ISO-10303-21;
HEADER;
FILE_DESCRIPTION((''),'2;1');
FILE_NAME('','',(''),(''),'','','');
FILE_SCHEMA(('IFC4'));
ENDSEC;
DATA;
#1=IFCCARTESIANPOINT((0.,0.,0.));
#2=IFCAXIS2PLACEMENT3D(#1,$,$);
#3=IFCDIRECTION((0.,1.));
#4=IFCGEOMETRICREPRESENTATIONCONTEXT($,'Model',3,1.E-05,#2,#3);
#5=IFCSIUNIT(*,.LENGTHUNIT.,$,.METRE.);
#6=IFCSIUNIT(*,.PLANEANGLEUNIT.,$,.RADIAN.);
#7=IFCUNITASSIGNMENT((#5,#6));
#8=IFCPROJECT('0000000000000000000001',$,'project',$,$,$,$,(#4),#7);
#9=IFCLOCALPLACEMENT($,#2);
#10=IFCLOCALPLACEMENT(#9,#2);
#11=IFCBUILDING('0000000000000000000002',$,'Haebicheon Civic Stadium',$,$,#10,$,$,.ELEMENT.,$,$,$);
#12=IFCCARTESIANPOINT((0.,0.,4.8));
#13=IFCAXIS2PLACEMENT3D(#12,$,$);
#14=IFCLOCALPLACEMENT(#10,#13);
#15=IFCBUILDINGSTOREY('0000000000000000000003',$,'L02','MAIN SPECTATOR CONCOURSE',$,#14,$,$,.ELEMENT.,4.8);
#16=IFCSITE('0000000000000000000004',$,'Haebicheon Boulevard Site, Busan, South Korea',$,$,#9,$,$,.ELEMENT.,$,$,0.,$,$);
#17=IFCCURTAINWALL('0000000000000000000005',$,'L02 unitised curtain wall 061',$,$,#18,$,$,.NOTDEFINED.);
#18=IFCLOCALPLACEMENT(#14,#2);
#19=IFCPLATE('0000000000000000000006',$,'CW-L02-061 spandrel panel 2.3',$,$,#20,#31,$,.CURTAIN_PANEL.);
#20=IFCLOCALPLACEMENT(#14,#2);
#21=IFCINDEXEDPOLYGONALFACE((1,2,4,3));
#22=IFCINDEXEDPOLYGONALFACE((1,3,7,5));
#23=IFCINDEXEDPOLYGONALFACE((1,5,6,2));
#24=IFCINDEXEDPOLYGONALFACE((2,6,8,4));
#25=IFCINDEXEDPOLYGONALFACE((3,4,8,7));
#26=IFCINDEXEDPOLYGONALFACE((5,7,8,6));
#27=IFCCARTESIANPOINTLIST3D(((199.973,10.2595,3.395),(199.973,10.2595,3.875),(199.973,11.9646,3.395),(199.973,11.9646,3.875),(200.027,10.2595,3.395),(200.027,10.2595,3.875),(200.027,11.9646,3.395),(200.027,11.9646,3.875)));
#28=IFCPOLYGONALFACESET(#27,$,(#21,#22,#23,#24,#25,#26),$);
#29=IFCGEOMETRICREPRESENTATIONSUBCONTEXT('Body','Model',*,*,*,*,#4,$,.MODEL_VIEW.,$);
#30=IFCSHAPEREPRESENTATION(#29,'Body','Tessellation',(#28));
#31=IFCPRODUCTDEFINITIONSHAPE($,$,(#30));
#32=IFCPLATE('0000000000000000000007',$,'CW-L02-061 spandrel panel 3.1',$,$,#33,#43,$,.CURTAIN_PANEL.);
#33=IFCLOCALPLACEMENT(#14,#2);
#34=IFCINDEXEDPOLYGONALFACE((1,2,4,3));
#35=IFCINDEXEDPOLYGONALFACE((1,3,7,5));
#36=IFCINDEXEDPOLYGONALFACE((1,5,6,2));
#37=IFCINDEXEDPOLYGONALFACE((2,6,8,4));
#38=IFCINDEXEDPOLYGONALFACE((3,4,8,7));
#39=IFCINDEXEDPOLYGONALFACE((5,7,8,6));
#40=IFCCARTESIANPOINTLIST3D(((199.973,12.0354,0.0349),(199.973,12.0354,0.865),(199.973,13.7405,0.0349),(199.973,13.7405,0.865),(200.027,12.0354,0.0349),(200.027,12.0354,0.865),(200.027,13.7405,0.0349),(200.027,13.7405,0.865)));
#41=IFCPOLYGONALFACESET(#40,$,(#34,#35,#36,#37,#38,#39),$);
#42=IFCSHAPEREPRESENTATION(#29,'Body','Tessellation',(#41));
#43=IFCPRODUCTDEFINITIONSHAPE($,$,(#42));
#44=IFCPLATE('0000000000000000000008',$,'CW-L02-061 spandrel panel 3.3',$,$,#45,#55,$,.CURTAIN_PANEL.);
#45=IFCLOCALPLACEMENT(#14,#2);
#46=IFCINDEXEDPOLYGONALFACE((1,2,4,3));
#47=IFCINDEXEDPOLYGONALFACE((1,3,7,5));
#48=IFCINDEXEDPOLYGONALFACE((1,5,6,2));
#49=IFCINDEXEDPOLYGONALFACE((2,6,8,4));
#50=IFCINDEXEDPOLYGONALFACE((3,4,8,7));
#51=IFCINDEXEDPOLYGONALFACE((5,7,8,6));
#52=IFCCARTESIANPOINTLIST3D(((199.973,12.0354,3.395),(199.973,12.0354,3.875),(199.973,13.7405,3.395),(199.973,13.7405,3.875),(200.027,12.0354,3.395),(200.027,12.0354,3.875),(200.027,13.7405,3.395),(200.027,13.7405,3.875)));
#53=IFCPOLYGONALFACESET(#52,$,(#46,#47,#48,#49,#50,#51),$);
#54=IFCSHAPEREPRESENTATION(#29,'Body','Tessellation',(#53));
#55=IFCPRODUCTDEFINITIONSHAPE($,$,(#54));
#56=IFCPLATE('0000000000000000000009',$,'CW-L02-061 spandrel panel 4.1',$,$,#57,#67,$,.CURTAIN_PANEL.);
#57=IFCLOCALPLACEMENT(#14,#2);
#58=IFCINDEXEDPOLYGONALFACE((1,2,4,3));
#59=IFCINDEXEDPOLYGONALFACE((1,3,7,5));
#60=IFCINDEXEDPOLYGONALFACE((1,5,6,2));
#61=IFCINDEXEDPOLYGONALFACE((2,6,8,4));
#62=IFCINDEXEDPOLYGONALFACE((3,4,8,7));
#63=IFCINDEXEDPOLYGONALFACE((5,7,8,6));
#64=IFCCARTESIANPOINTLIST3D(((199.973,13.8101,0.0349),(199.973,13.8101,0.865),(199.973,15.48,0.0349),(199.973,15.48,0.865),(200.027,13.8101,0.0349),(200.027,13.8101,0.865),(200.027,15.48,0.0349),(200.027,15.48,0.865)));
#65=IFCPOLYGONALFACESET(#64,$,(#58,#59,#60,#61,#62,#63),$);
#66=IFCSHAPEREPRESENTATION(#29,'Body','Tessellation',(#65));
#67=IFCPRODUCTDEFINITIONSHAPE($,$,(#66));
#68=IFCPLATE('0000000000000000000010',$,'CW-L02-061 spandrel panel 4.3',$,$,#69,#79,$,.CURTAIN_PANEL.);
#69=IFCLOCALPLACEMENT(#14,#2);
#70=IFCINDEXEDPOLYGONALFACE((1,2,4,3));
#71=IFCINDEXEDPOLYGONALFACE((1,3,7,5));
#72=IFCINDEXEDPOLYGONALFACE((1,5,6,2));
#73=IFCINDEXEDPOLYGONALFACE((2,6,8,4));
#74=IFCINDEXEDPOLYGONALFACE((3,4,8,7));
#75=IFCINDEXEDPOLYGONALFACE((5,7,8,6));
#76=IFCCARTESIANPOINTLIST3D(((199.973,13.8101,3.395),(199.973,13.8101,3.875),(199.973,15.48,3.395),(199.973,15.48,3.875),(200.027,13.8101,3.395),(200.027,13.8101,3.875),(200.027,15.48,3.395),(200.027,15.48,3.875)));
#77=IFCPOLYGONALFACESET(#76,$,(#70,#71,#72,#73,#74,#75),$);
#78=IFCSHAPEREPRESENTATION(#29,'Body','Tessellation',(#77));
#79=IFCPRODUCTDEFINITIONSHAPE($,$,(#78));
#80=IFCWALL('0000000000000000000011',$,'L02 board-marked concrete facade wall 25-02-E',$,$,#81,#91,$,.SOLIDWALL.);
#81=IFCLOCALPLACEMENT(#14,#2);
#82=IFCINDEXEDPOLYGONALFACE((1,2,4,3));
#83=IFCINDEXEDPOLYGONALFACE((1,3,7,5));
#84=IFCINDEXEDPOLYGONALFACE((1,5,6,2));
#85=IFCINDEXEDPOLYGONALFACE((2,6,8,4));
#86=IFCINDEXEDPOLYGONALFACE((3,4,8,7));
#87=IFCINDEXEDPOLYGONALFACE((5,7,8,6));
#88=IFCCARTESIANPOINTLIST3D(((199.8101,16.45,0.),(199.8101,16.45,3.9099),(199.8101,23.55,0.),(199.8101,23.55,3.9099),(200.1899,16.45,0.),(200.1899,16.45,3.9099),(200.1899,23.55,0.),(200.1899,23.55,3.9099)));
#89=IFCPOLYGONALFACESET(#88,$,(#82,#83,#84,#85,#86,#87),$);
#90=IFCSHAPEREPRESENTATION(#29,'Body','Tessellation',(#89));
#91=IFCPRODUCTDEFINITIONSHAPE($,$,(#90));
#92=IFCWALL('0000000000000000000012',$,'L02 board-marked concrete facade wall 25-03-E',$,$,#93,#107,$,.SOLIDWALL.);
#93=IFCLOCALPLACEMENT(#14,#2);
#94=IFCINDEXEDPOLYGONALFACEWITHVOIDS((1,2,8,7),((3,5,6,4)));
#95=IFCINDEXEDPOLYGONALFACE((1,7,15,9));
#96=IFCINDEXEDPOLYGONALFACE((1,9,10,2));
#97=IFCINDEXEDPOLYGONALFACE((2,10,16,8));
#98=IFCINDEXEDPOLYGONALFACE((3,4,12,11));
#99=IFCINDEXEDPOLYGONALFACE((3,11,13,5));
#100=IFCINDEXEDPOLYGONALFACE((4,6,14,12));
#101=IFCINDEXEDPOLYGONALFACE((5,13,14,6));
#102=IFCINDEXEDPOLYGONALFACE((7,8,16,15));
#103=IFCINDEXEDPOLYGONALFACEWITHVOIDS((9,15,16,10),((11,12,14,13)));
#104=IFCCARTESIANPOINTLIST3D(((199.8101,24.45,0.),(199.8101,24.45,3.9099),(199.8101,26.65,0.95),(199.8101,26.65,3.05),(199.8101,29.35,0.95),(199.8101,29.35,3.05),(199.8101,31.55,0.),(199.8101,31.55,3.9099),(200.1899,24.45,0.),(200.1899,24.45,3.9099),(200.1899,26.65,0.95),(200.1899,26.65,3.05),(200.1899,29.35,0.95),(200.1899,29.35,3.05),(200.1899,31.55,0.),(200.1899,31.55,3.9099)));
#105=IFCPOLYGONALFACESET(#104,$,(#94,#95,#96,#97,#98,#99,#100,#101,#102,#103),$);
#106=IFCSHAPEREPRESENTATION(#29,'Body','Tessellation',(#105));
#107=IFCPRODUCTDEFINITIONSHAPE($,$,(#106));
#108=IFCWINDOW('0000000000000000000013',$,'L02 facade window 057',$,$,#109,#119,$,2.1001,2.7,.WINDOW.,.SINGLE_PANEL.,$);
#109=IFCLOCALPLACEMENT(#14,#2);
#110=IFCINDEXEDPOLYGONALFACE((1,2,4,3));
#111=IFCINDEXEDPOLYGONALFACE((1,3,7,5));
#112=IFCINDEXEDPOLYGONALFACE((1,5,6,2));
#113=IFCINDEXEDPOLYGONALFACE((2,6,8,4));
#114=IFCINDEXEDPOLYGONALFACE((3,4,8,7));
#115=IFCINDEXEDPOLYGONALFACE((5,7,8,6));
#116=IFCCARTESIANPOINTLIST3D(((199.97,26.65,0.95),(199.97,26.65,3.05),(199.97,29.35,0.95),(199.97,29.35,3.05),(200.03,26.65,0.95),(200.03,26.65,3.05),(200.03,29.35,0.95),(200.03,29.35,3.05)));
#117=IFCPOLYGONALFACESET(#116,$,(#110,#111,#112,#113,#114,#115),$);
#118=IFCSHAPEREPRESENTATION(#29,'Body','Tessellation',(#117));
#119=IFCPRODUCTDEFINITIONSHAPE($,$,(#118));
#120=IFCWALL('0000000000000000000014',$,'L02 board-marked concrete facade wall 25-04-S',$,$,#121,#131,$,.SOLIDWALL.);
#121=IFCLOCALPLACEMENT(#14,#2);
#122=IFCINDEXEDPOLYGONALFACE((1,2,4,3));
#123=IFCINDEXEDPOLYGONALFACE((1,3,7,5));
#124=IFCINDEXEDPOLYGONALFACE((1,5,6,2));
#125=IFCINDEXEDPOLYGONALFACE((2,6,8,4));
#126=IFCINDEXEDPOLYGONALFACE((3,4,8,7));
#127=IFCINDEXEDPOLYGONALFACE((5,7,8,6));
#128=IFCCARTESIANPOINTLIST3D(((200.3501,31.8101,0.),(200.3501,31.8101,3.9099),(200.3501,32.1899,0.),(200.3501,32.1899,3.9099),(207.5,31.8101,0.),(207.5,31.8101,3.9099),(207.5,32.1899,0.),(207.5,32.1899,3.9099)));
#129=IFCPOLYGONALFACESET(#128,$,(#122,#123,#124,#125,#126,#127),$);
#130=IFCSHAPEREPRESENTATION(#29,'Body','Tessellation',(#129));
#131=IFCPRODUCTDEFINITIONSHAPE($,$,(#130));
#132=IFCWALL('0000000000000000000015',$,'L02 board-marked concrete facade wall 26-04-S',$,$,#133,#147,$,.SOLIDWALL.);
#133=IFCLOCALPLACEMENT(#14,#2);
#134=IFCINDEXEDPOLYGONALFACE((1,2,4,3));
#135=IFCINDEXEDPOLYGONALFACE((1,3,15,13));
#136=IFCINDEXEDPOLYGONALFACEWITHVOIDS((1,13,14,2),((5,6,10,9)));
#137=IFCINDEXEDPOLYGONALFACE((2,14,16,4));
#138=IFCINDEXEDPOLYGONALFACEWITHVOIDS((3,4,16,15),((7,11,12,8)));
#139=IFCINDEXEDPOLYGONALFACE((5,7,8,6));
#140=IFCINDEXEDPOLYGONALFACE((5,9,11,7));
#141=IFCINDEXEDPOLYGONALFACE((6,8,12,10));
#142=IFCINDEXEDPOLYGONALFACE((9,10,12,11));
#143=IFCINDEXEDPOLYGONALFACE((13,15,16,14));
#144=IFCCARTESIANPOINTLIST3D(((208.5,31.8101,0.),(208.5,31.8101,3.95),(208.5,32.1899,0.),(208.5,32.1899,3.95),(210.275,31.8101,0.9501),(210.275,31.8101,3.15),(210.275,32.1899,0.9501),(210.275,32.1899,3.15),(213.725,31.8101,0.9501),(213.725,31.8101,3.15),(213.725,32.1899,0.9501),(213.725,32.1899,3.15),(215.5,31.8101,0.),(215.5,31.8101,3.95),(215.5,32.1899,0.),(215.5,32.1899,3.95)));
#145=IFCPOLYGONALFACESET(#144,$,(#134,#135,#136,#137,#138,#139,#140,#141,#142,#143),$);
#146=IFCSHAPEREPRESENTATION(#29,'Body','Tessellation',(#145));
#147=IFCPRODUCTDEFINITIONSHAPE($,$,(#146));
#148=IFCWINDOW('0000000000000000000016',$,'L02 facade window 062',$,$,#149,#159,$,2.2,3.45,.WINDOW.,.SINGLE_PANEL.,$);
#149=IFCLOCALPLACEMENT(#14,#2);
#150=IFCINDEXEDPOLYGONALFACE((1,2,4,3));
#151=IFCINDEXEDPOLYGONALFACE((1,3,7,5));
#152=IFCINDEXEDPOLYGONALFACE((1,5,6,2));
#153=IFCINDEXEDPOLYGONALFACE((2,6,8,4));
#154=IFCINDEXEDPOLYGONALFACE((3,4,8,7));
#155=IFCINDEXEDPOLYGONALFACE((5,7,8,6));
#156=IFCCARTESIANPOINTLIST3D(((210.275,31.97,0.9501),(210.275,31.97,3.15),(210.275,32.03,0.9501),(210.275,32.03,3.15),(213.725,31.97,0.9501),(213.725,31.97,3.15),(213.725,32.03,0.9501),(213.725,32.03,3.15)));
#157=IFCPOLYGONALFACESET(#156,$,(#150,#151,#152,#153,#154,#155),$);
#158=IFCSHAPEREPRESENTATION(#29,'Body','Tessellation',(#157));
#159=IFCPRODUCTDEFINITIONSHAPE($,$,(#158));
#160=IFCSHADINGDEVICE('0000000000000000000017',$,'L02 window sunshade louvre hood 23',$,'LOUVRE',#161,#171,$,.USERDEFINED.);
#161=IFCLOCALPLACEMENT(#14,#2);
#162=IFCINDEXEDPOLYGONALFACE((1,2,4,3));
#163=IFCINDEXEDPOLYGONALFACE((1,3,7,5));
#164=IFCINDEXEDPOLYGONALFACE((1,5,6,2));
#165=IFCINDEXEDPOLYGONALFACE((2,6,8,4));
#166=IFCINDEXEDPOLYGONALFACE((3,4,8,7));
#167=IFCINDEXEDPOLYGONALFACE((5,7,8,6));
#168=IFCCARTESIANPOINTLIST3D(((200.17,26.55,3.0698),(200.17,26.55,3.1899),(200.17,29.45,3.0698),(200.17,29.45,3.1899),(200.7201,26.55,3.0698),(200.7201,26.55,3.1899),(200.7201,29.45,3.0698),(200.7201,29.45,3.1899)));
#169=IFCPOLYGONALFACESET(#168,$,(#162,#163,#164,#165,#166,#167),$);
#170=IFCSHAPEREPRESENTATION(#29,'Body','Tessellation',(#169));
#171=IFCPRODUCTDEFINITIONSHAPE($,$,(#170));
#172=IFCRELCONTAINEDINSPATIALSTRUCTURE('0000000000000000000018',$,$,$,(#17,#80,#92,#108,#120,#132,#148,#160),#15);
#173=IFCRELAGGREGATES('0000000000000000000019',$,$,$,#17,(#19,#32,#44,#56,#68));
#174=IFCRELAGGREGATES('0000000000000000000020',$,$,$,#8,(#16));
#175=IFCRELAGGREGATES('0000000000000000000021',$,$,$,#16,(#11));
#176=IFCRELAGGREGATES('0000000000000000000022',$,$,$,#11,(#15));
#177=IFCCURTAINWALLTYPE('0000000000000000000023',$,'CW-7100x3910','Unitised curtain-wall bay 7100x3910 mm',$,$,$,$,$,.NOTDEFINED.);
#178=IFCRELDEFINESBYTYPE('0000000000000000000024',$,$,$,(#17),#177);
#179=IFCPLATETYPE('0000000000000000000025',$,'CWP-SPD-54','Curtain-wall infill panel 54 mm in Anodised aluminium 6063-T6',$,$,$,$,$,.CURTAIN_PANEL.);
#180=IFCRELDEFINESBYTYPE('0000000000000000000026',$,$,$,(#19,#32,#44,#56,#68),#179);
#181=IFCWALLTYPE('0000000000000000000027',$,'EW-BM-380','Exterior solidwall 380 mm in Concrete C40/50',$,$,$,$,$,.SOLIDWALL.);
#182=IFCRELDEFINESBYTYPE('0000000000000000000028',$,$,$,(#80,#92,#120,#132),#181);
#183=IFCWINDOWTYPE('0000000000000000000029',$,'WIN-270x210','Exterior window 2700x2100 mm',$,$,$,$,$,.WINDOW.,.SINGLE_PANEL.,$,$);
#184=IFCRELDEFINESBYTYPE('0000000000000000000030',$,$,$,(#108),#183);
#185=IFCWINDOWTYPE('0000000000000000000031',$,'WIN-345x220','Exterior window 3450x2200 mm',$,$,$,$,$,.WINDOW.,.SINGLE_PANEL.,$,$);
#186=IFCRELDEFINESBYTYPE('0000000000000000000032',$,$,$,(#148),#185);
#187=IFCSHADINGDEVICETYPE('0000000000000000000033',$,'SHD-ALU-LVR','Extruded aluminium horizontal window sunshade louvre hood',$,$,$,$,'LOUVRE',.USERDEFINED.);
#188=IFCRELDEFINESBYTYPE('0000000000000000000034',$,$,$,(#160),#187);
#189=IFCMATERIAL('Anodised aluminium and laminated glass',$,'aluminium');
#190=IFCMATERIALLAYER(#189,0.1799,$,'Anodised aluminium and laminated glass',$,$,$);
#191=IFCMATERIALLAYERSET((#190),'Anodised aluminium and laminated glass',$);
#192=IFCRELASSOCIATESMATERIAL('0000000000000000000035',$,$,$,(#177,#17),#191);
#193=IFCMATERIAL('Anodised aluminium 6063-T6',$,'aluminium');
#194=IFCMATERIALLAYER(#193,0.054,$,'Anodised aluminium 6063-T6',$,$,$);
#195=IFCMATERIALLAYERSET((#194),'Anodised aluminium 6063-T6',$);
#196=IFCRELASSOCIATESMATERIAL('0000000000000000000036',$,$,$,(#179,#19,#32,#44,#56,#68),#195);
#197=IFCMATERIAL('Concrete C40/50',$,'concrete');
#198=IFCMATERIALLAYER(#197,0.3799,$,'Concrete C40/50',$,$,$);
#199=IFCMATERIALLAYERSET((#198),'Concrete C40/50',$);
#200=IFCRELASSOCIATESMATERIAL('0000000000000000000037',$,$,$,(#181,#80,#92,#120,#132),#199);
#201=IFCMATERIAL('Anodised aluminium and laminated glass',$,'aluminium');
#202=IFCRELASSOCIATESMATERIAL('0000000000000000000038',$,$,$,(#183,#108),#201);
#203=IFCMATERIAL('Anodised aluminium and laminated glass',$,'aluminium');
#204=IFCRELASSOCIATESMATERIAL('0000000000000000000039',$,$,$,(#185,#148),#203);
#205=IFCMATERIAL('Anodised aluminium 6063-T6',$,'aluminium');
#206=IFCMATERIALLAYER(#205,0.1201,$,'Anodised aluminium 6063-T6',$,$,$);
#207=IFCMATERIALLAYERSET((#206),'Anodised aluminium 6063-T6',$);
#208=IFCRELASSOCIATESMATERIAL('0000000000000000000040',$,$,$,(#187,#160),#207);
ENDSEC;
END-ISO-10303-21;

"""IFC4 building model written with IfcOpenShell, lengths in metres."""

from ifc_helpers import new_model, si_unit, direction, frame, frame_2d, origin, origin_2d, place, context, subcontext, project, spatial, rectangle, extrude, material, layer, layer_set, type_object, element, fill, aggregate, save


model = new_model("IFC4")

# Units and contexts
model_context = context("Model", 3, precision=1e-05, world=origin(), true_north=direction((0.0, 1.0)))
body_context = subcontext(model_context, "Body", "Model", "MODEL_VIEW")
ifc_project = project(units=[si_unit("LENGTHUNIT", "METRE"), si_unit("PLANEANGLEUNIT", "RADIAN")], contexts=[model_context])

# Site, building, storey
site_placement = place(None, origin())
site = spatial("IfcSite", under=ifc_project, at=site_placement, Name="Haebicheon Boulevard Site, Busan, South Korea", CompositionType="ELEMENT", RefElevation=0.0)
building_placement = place(site_placement, origin())
building = spatial("IfcBuilding", under=site, at=building_placement, Name="Haebicheon Civic Stadium", CompositionType="ELEMENT")
storey_placement = place(building_placement, frame((0.0, 0.0, 4.8)))
storey = spatial("IfcBuildingStorey", under=building, at=storey_placement, Name="L02", Description="MAIN SPECTATOR CONCOURSE", CompositionType="ELEMENT", Elevation=4.8)

# Curtain wall
ifc_material_1 = material(Name="Anodised aluminium and laminated glass", Category="aluminium")
ifc_layer_1 = layer(ifc_material_1, 0.1799, Name="Anodised aluminium and laminated glass")
ifc_layer_set_1 = layer_set([ifc_layer_1], Name="Anodised aluminium and laminated glass")
curtain_wall_type = type_object("IfcCurtainWallType", Name="CW-7100x3910", Description="Unitised curtain-wall bay 7100x3910 mm", PredefinedType="NOTDEFINED", material=ifc_layer_set_1)
curtain_wall_placement = place(storey_placement, origin())
curtain_wall = element("IfcCurtainWall", 1, at=curtain_wall_placement, inside=storey, type_object=curtain_wall_type, material=ifc_layer_set_1, Name="L02 unitised curtain wall 061", PredefinedType="NOTDEFINED")

# Plates
ifc_material_2 = material(Name="Anodised aluminium 6063-T6", Category="aluminium")
ifc_layer_2 = layer(ifc_material_2, 0.054, Name="Anodised aluminium 6063-T6")
ifc_layer_set_2 = layer_set([ifc_layer_2], Name="Anodised aluminium 6063-T6")
plate_type_1 = type_object("IfcPlateType", Name="CWP-SPD-54", Description="Curtain-wall infill panel 54 mm in Anodised aluminium 6063-T6", PredefinedType="CURTAIN_PANEL", material=ifc_layer_set_2)
plate_1_placement = place(storey_placement, frame((200.0, 11.1121, 3.395), z_axis=(0.0, 0.0, 1.0), x_axis=(0.0, 1.0, 0.0)))
plate_1 = element("IfcPlate", 2, at=plate_1_placement, type_object=plate_type_1, material=ifc_layer_set_2, Name="CW-L02-061 spandrel panel 2.3", PredefinedType="CURTAIN_PANEL", context=body_context, shape_type="SweptSolid", body=[
    extrude(rectangle(XDim=1.7051, YDim=0.054, at=origin_2d()), origin(), (0.0, 0.0, 1.0), 0.48),
])
plate_2_placement = place(storey_placement, frame((200.0, 12.8879, 0.0349), z_axis=(0.0, 0.0, 1.0), x_axis=(0.0, 1.0, 0.0)))
plate_2 = element("IfcPlate", 3, at=plate_2_placement, type_object=plate_type_1, material=ifc_layer_set_2, Name="CW-L02-061 spandrel panel 3.1", PredefinedType="CURTAIN_PANEL", context=body_context, shape_type="SweptSolid", body=[
    extrude(rectangle(XDim=1.7051, YDim=0.054, at=origin_2d()), origin(), (0.0, 0.0, 1.0), 0.8301),
])
plate_3_placement = place(storey_placement, frame((200.0, 12.8879, 3.395), z_axis=(0.0, 0.0, 1.0), x_axis=(0.0, 1.0, 0.0)))
plate_3 = element("IfcPlate", 4, at=plate_3_placement, type_object=plate_type_1, material=ifc_layer_set_2, Name="CW-L02-061 spandrel panel 3.3", PredefinedType="CURTAIN_PANEL", context=body_context, shape_type="SweptSolid", body=[
    extrude(rectangle(XDim=1.7051, YDim=0.054, at=origin_2d()), origin(), (0.0, 0.0, 1.0), 0.48),
])
plate_4_placement = place(storey_placement, frame((200.0, 14.645, 0.0349), z_axis=(0.0, 0.0, 1.0), x_axis=(0.0, 1.0, 0.0)))
plate_4 = element("IfcPlate", 5, at=plate_4_placement, type_object=plate_type_1, material=ifc_layer_set_2, Name="CW-L02-061 spandrel panel 4.1", PredefinedType="CURTAIN_PANEL", context=body_context, shape_type="SweptSolid", body=[
    extrude(rectangle(XDim=1.6699, YDim=0.054, at=origin_2d()), origin(), (0.0, 0.0, 1.0), 0.8301),
])
plate_5_placement = place(storey_placement, frame((200.0, 14.645, 3.395), z_axis=(0.0, 0.0, 1.0), x_axis=(0.0, 1.0, 0.0)))
plate_5 = element("IfcPlate", 6, at=plate_5_placement, type_object=plate_type_1, material=ifc_layer_set_2, Name="CW-L02-061 spandrel panel 4.3", PredefinedType="CURTAIN_PANEL", context=body_context, shape_type="SweptSolid", body=[
    extrude(rectangle(XDim=1.6699, YDim=0.054, at=origin_2d()), origin(), (0.0, 0.0, 1.0), 0.48),
])
aggregate(curtain_wall, [plate_1, plate_2, plate_3, plate_4, plate_5])

# Wall
ifc_material_3 = material(Name="Concrete C40/50", Category="concrete")
ifc_layer_3 = layer(ifc_material_3, 0.3799, Name="Concrete C40/50")
ifc_layer_set_3 = layer_set([ifc_layer_3], Name="Concrete C40/50")
wall_type = type_object("IfcWallType", Name="EW-BM-380", Description="Exterior solidwall 380 mm in Concrete C40/50", PredefinedType="SOLIDWALL", material=ifc_layer_set_3)
wall_1_placement = place(storey_placement, frame((200.0, 16.45, 0.0), z_axis=(0.0, 0.0, 1.0), x_axis=(0.0, 1.0, 0.0)))
element("IfcWall", 7, at=wall_1_placement, inside=storey, type_object=wall_type, material=ifc_layer_set_3, Name="L02 board-marked concrete facade wall 25-02-E", PredefinedType="SOLIDWALL", context=body_context, shape_type="SweptSolid", body=[
    extrude(rectangle(XDim=7.1001, YDim=0.3799, at=frame_2d((3.55, 0.0))), origin(), (0.0, 0.0, 1.0), 3.9099),
])

# Wall, opening, window
wall_2_placement = place(storey_placement, frame((200.0, 24.45, 0.0), z_axis=(0.0, 0.0, 1.0), x_axis=(0.0, 1.0, 0.0)))
wall_2 = element("IfcWall", 8, at=wall_2_placement, inside=storey, type_object=wall_type, material=ifc_layer_set_3, Name="L02 board-marked concrete facade wall 25-03-E", PredefinedType="SOLIDWALL", context=body_context, shape_type="SweptSolid", body=[
    extrude(rectangle(XDim=7.1001, YDim=0.3799, at=frame_2d((3.55, 0.0))), origin(), (0.0, 0.0, 1.0), 3.9099),
])
opening_1_placement = place(wall_2_placement, frame((2.2, 0.0, 0.95)))
opening_1 = element("IfcOpeningElement", 9, at=opening_1_placement, cuts=wall_2, PredefinedType="OPENING", context=body_context, shape_type="SweptSolid", body=[
    extrude(rectangle(XDim=2.7, YDim=2.1001, at=frame_2d((1.3501, 1.05))), frame((0.0, 0.2, 0.0), z_axis=(0.0, -1.0, 0.0), x_axis=(1.0, 0.0, 0.0)), (0.0, 0.0, 1.0), 0.3999),
])
ifc_material_4 = material(Name="Anodised aluminium and laminated glass", Category="aluminium")
window_type_1 = type_object("IfcWindowType", Name="WIN-270x210", Description="Exterior window 2700x2100 mm", PartitioningType="SINGLE_PANEL", PredefinedType="WINDOW", material=ifc_material_4)
window_1_placement = place(opening_1_placement, origin())
window_1 = element("IfcWindow", 10, at=window_1_placement, inside=storey, type_object=window_type_1, material=ifc_material_4, Name="L02 facade window 057", OverallHeight=2.1001, OverallWidth=2.7, PartitioningType="SINGLE_PANEL", PredefinedType="WINDOW", context=body_context, shape_type="SweptSolid", body=[
    extrude(rectangle(XDim=2.7, YDim=2.1001, at=frame_2d((1.3501, 1.05))), frame((0.0, 0.03, 0.0), z_axis=(0.0, -1.0, 0.0), x_axis=(1.0, 0.0, 0.0)), (0.0, 0.0, 1.0), 0.0601),
])
fill(opening_1, window_1)

# Wall
wall_3_placement = place(storey_placement, frame((200.3501, 32.0, 0.0), z_axis=(0.0, 0.0, 1.0), x_axis=(1.0, 0.0, 0.0)))
element("IfcWall", 11, at=wall_3_placement, inside=storey, type_object=wall_type, material=ifc_layer_set_3, Name="L02 board-marked concrete facade wall 25-04-S", PredefinedType="SOLIDWALL", context=body_context, shape_type="SweptSolid", body=[
    extrude(rectangle(XDim=7.1499, YDim=0.3799, at=frame_2d((3.575, 0.0))), origin(), (0.0, 0.0, 1.0), 3.9099),
])

# Wall, opening, window
wall_4_placement = place(storey_placement, frame((208.5, 32.0, 0.0), z_axis=(0.0, 0.0, 1.0), x_axis=(1.0, 0.0, 0.0)))
wall_4 = element("IfcWall", 12, at=wall_4_placement, inside=storey, type_object=wall_type, material=ifc_layer_set_3, Name="L02 board-marked concrete facade wall 26-04-S", PredefinedType="SOLIDWALL", context=body_context, shape_type="SweptSolid", body=[
    extrude(rectangle(XDim=7.0, YDim=0.3799, at=frame_2d((3.5, 0.0))), origin(), (0.0, 0.0, 1.0), 3.95),
])
opening_2_placement = place(wall_4_placement, frame((1.7749, 0.0, 0.95)))
opening_2 = element("IfcOpeningElement", 13, at=opening_2_placement, cuts=wall_4, PredefinedType="OPENING", context=body_context, shape_type="SweptSolid", body=[
    extrude(rectangle(XDim=3.45, YDim=2.2, at=frame_2d((1.7251, 1.1001))), frame((0.0, 0.2, 0.0), z_axis=(0.0, -1.0, 0.0), x_axis=(1.0, 0.0, 0.0)), (0.0, 0.0, 1.0), 0.3999),
])
ifc_material_5 = material(Name="Anodised aluminium and laminated glass", Category="aluminium")
window_type_2 = type_object("IfcWindowType", Name="WIN-345x220", Description="Exterior window 3450x2200 mm", PartitioningType="SINGLE_PANEL", PredefinedType="WINDOW", material=ifc_material_5)
window_2_placement = place(opening_2_placement, origin())
window_2 = element("IfcWindow", 14, at=window_2_placement, inside=storey, type_object=window_type_2, material=ifc_material_5, Name="L02 facade window 062", OverallHeight=2.2, OverallWidth=3.45, PartitioningType="SINGLE_PANEL", PredefinedType="WINDOW", context=body_context, shape_type="SweptSolid", body=[
    extrude(rectangle(XDim=3.45, YDim=2.2, at=frame_2d((1.7251, 1.1001))), frame((0.0, 0.03, 0.0), z_axis=(0.0, -1.0, 0.0), x_axis=(1.0, 0.0, 0.0)), (0.0, 0.0, 1.0), 0.0601),
])
fill(opening_2, window_2)

# Shading device
ifc_material_6 = material(Name="Anodised aluminium 6063-T6", Category="aluminium")
ifc_layer_4 = layer(ifc_material_6, 0.1201, Name="Anodised aluminium 6063-T6")
ifc_layer_set_4 = layer_set([ifc_layer_4], Name="Anodised aluminium 6063-T6")
shading_device_type = type_object("IfcShadingDeviceType", Name="SHD-ALU-LVR", Description="Extruded aluminium horizontal window sunshade louvre hood", ElementType="LOUVRE", PredefinedType="USERDEFINED", material=ifc_layer_set_4)
shading_device_placement = place(storey_placement, frame((200.4451, 28.0, 3.0698), z_axis=(0.0, 0.0, 1.0), x_axis=(1.0, 0.0, 0.0)))
element("IfcShadingDevice", 15, at=shading_device_placement, inside=storey, type_object=shading_device_type, material=ifc_layer_set_4, Name="L02 window sunshade louvre hood 23", ObjectType="LOUVRE", PredefinedType="USERDEFINED", context=body_context, shape_type="SweptSolid", body=[
    extrude(rectangle(XDim=0.55, YDim=2.8999, at=origin_2d()), origin(), (0.0, 0.0, 1.0), 0.1201),
])

save(model, "model.ifc")
